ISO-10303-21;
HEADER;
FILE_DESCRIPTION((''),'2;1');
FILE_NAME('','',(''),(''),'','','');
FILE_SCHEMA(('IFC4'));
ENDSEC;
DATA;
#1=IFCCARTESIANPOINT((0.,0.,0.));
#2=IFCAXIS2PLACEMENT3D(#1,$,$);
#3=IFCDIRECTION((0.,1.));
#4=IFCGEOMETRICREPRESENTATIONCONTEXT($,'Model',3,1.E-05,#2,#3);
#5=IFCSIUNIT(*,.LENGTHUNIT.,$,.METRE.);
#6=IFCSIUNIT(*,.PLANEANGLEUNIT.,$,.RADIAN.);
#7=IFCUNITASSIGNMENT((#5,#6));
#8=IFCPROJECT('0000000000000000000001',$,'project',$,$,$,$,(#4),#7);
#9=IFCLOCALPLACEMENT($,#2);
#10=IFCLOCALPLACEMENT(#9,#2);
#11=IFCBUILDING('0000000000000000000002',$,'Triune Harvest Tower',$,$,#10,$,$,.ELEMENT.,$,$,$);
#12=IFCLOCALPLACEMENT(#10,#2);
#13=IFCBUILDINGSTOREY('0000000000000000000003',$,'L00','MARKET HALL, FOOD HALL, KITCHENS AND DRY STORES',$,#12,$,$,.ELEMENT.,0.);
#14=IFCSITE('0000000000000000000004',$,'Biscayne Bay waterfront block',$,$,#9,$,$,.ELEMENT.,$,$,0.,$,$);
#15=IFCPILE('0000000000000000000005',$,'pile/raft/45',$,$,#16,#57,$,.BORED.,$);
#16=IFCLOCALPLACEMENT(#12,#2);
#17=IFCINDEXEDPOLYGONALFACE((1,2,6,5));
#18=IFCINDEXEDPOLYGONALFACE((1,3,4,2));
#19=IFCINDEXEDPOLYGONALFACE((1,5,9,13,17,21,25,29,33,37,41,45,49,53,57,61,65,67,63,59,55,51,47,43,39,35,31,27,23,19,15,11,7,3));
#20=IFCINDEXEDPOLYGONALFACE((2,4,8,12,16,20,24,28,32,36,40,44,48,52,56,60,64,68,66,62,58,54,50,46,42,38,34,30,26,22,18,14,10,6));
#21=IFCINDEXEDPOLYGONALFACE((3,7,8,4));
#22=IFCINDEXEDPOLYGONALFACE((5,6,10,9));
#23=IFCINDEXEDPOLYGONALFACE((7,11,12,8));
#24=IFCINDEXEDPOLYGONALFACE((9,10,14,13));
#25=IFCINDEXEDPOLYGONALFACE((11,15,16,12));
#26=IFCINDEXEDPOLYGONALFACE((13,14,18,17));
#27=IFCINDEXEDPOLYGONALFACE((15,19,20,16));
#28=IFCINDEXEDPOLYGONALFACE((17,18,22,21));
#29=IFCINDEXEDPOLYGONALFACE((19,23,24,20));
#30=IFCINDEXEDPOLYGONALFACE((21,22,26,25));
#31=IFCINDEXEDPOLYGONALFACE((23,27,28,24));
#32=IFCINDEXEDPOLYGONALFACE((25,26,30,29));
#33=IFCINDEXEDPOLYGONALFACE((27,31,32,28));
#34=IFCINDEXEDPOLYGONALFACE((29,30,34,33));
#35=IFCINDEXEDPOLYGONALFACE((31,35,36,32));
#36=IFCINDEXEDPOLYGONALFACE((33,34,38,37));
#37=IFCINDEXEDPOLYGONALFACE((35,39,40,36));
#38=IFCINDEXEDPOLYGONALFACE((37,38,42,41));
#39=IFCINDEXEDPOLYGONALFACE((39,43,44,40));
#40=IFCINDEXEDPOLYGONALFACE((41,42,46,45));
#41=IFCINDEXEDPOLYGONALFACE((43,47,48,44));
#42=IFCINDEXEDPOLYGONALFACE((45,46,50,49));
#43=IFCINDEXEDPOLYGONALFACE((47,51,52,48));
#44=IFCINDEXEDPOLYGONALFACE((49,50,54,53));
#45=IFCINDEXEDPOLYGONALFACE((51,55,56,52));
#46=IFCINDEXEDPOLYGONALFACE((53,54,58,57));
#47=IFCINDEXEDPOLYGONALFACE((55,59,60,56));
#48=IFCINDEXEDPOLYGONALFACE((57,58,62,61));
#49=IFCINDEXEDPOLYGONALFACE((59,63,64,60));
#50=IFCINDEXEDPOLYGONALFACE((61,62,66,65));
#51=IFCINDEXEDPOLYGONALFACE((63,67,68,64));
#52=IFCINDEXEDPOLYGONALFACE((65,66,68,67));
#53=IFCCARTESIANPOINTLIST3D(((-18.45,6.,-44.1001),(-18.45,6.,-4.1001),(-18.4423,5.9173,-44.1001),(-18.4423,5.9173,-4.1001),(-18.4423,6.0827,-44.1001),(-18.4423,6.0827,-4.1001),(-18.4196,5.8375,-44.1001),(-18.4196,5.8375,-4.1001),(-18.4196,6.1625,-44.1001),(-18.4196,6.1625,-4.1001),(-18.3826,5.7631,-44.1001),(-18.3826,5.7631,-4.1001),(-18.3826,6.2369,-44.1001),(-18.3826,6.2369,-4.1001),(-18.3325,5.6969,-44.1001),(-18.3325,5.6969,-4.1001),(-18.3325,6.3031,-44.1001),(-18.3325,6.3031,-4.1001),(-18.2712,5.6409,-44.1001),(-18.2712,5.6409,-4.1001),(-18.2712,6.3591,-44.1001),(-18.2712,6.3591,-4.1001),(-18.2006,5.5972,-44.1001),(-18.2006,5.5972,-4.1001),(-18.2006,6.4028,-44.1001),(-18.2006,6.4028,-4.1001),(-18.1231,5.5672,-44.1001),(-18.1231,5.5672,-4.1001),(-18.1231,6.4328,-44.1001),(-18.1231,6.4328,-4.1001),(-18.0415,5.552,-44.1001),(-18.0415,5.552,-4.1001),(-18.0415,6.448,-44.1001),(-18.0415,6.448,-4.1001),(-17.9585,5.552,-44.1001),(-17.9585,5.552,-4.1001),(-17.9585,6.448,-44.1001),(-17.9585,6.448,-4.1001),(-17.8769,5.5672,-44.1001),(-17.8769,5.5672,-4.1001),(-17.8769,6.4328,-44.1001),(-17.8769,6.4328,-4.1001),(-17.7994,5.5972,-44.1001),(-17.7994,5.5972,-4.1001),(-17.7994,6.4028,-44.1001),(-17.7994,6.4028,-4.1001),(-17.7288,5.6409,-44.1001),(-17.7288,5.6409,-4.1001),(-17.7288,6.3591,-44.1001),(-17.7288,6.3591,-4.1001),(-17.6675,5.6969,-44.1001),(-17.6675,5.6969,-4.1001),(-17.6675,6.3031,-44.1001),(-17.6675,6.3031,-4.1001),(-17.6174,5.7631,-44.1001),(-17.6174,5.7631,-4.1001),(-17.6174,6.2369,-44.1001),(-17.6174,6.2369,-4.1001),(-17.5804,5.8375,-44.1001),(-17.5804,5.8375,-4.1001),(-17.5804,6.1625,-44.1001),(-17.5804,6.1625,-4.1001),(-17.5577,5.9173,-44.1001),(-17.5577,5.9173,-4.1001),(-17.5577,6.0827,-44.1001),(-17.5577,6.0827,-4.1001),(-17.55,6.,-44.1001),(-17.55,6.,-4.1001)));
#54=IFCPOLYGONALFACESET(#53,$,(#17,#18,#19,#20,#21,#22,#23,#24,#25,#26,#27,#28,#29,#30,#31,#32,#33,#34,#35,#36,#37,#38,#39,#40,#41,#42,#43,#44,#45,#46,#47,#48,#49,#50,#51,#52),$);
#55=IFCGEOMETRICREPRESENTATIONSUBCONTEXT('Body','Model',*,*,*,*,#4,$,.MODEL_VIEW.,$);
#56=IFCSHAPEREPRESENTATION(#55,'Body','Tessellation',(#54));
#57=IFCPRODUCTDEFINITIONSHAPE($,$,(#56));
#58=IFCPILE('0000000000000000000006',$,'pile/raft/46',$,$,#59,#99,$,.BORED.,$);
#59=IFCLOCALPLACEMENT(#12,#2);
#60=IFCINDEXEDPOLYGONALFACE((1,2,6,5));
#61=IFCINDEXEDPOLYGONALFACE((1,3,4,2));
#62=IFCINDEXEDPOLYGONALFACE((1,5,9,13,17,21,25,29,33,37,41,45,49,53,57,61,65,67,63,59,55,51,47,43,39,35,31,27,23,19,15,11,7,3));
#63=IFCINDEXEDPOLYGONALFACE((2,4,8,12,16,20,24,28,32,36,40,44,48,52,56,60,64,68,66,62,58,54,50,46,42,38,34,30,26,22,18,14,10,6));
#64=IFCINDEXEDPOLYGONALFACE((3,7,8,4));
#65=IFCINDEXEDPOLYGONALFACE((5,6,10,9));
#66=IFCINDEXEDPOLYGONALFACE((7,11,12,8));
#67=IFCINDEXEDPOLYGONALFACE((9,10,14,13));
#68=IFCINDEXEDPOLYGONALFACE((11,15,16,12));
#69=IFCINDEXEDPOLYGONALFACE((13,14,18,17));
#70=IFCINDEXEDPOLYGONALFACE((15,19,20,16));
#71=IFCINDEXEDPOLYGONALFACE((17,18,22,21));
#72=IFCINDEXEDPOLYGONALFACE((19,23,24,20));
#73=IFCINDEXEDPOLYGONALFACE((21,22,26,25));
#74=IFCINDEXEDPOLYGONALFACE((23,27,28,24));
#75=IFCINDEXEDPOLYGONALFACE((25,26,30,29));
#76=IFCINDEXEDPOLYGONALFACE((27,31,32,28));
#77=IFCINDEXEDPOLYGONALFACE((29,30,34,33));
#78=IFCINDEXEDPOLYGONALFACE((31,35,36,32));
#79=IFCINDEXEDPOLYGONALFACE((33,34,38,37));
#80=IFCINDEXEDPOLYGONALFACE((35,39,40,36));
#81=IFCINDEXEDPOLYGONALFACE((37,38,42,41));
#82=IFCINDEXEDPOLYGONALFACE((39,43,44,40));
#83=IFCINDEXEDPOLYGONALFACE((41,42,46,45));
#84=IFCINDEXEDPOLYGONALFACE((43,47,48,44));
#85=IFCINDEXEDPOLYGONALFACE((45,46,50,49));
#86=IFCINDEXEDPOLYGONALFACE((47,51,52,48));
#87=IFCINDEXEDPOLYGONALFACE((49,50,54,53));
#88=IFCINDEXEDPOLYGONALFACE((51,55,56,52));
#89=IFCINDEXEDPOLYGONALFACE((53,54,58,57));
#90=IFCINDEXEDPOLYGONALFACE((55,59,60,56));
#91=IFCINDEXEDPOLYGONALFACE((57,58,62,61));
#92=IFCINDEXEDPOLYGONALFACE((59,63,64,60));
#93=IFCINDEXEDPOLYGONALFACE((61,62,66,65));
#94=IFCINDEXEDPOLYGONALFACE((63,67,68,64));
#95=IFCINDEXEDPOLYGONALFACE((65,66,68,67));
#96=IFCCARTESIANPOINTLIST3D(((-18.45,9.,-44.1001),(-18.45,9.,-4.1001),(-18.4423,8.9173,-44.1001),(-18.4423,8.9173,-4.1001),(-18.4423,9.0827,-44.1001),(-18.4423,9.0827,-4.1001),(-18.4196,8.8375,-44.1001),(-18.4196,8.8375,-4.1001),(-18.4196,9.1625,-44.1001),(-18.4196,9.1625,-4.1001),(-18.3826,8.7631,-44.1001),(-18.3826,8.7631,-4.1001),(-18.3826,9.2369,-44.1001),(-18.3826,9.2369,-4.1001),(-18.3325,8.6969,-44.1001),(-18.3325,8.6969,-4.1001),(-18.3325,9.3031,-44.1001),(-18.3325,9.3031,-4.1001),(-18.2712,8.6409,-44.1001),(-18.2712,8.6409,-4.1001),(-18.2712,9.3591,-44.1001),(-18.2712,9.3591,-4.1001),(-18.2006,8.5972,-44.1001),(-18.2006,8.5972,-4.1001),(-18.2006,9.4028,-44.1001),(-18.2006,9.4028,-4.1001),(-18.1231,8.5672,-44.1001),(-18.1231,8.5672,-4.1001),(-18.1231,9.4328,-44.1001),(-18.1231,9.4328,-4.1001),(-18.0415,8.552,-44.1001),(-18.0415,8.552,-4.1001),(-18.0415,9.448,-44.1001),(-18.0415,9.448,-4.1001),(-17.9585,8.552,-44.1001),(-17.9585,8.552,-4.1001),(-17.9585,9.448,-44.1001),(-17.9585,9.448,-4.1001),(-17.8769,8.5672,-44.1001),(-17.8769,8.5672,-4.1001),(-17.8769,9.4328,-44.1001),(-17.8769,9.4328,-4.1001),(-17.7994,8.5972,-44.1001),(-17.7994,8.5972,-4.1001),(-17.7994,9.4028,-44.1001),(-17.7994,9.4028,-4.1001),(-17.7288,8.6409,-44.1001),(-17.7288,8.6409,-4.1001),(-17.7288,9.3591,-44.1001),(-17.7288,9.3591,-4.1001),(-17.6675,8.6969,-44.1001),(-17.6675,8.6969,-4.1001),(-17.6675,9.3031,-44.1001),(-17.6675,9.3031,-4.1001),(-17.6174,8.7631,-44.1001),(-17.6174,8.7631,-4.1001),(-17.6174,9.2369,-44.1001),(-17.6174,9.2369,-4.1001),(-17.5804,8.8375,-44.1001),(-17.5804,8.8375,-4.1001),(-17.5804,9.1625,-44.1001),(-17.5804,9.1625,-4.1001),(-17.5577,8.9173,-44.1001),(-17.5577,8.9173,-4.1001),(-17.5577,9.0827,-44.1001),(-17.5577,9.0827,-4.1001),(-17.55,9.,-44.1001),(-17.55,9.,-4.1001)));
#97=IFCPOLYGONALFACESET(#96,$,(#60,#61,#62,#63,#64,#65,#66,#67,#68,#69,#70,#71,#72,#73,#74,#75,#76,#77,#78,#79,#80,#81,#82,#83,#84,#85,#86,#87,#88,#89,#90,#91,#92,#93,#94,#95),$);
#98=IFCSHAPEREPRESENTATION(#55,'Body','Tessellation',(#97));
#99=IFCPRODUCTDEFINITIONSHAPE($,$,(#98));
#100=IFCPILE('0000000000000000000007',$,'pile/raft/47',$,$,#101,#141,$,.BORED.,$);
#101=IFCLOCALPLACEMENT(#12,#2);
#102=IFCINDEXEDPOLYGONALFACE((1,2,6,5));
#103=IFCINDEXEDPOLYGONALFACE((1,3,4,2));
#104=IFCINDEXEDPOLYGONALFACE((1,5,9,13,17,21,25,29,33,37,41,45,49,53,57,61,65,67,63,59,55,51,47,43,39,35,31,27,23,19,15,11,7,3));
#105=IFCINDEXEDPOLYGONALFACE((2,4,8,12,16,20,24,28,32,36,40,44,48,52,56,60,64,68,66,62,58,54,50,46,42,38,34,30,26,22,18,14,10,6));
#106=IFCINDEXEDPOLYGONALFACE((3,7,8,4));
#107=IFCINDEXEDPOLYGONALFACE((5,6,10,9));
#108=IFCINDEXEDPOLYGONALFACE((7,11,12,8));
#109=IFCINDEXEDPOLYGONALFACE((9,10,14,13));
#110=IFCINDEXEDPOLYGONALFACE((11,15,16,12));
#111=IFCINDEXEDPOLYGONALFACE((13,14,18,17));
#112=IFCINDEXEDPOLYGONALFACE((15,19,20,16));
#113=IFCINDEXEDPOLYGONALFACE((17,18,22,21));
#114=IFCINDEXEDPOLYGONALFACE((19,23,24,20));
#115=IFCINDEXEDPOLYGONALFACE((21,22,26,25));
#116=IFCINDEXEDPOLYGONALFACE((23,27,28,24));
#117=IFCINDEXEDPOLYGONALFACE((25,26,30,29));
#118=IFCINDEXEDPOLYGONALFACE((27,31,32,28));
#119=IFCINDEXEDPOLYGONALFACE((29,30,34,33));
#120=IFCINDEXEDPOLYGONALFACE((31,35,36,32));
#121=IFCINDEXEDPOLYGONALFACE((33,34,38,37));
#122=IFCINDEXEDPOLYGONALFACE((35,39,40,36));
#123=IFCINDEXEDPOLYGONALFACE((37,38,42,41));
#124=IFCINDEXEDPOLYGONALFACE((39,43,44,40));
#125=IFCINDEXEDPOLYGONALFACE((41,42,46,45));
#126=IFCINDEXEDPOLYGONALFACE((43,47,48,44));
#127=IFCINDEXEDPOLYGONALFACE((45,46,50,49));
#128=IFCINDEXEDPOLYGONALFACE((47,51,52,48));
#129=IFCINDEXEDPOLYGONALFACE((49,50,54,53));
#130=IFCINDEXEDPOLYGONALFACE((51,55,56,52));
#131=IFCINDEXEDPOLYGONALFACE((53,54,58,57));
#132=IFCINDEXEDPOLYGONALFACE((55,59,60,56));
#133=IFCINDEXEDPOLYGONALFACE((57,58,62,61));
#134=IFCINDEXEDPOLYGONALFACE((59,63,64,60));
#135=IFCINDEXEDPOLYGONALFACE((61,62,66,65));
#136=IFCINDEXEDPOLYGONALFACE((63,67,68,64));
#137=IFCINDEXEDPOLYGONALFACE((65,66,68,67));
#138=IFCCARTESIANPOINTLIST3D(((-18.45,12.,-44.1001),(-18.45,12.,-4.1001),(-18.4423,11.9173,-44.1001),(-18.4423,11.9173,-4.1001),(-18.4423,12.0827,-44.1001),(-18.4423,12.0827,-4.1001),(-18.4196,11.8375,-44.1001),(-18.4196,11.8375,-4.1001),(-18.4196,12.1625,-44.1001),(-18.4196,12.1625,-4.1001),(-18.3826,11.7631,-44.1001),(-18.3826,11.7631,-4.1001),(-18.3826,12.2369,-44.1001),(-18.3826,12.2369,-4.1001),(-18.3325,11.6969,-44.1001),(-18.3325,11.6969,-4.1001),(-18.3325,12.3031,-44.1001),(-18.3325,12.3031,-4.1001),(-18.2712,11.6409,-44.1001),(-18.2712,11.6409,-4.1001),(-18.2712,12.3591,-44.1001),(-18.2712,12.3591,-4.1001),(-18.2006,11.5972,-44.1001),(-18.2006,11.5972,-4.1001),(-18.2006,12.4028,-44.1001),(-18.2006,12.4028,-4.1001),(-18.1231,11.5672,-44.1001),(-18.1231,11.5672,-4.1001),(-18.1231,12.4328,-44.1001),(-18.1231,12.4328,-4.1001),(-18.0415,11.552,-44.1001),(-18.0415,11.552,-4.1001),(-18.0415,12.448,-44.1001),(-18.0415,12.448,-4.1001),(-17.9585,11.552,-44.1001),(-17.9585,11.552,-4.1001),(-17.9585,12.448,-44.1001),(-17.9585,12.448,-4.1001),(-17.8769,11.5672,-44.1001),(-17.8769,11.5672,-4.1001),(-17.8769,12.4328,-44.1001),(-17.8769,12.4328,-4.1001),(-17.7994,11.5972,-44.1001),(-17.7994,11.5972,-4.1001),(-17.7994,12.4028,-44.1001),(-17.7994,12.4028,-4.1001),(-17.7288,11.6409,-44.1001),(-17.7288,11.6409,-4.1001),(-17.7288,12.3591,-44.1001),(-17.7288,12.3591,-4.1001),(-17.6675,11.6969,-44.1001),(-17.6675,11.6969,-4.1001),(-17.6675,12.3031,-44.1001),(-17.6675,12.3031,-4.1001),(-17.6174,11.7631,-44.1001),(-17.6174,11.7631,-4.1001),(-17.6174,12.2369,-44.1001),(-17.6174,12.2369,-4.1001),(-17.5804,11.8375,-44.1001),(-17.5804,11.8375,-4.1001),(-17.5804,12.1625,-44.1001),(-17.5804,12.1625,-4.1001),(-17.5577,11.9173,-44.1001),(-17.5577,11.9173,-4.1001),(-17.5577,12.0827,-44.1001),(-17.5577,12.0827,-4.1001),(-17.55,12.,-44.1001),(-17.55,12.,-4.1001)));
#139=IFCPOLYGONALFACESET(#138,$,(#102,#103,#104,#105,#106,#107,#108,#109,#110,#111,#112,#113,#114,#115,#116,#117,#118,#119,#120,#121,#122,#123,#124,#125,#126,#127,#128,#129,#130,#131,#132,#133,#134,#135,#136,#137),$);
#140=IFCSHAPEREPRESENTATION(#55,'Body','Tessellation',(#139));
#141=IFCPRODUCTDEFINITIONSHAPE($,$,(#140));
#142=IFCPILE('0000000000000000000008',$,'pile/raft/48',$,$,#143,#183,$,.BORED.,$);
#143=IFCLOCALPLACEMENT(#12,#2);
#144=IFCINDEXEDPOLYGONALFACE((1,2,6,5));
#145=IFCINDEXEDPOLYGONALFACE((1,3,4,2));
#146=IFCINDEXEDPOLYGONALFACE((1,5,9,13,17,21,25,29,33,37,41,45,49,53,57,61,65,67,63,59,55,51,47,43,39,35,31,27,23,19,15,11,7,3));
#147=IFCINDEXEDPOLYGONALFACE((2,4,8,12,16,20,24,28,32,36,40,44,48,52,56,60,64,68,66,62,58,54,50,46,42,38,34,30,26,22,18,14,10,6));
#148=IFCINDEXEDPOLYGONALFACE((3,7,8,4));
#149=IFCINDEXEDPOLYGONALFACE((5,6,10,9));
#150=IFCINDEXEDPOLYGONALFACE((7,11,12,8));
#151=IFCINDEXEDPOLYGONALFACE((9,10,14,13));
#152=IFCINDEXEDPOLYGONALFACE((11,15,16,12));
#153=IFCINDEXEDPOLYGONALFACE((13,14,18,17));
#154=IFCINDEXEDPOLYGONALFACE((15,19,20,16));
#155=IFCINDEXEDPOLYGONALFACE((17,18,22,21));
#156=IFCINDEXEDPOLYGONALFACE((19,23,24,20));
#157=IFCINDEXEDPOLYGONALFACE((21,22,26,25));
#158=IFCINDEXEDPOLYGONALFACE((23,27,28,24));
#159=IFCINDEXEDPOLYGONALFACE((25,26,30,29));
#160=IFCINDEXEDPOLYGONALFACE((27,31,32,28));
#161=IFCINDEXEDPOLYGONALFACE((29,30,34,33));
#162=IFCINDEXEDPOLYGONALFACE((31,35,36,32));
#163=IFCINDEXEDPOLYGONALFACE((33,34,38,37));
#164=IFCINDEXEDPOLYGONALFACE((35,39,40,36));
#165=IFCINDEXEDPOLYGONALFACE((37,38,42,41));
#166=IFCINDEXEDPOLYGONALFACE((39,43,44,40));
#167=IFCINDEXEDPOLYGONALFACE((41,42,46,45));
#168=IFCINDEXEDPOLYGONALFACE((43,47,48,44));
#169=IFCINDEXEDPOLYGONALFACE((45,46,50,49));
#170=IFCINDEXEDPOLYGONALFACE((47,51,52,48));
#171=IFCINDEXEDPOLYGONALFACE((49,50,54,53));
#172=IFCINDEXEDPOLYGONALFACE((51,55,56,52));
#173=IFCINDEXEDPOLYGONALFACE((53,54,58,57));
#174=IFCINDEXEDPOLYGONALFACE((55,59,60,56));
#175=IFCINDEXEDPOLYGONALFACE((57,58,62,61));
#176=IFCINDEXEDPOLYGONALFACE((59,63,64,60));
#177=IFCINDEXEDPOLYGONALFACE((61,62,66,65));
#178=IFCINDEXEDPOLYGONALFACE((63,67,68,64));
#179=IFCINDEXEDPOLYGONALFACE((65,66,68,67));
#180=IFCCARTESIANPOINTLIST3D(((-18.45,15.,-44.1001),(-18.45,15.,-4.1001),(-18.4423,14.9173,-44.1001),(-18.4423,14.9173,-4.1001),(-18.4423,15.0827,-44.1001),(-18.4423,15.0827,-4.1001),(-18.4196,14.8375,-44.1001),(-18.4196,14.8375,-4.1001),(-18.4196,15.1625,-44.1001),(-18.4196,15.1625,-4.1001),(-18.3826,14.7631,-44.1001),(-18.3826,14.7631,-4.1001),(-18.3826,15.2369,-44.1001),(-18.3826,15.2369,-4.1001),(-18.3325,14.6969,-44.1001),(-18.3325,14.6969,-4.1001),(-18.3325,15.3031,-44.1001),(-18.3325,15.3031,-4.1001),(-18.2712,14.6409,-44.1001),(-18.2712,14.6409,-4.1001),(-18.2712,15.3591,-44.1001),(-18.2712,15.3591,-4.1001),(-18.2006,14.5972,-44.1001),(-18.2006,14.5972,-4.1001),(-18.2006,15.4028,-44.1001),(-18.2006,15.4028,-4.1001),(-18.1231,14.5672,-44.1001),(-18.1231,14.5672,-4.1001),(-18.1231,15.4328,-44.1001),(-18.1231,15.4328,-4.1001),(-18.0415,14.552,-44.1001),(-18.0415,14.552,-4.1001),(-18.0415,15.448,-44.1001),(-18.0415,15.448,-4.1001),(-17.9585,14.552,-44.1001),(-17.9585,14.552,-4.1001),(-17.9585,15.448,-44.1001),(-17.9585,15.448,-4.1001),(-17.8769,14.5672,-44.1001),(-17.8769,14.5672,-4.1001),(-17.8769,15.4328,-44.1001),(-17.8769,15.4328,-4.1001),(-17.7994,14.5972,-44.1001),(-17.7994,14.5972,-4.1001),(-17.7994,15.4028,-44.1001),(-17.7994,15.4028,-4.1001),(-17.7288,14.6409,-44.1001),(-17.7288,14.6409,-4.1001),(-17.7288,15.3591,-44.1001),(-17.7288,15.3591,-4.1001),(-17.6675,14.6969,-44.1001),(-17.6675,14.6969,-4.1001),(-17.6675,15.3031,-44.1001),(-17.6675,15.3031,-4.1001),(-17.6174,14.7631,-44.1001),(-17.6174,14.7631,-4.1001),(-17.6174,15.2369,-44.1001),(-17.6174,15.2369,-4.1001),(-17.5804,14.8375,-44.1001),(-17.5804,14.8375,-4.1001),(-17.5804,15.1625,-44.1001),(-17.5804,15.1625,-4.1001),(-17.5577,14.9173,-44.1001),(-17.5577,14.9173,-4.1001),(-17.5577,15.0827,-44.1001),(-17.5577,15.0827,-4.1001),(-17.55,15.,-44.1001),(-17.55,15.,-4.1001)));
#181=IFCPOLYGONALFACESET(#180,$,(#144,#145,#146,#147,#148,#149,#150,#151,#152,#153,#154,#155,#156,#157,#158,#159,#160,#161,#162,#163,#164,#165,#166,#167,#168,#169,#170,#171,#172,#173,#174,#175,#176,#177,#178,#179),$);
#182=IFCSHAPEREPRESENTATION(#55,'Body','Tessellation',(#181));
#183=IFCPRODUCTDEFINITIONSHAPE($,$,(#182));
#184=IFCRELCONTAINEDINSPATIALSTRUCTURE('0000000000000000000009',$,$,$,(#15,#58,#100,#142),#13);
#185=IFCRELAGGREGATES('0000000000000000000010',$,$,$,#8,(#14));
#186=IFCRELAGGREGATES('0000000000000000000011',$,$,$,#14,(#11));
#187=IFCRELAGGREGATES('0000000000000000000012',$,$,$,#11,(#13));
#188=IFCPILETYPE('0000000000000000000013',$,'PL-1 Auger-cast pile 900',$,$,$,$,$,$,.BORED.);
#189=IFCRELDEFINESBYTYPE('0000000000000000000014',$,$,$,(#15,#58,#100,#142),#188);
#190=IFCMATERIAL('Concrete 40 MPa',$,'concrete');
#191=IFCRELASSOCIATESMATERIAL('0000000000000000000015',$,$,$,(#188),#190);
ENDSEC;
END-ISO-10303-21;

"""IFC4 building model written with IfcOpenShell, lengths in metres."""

from ifc_helpers import new_model, si_unit, direction, frame, origin, origin_2d, place, context, subcontext, project, spatial, circle, extrude, source, transform, mapped, material, material_profile, profile_set, type_object, element, save


model = new_model("IFC4")

# Units and contexts
model_context = context("Model", 3, precision=1e-05, world=origin(), true_north=direction((0.0, 1.0)))
body_context = subcontext(model_context, "Body", "Model", "MODEL_VIEW")
ifc_project = project(units=[si_unit("LENGTHUNIT", "METRE"), si_unit("PLANEANGLEUNIT", "RADIAN")], contexts=[model_context])

# Site, building, storey
site_placement = place(None, origin())
site = spatial("IfcSite", under=ifc_project, at=site_placement, Name="Biscayne Bay waterfront block", CompositionType="ELEMENT", RefElevation=0.0)
building_placement = place(site_placement, origin())
building = spatial("IfcBuilding", under=site, at=building_placement, Name="Triune Harvest Tower", CompositionType="ELEMENT")
storey_placement = place(building_placement, origin())
storey = spatial("IfcBuildingStorey", under=building, at=storey_placement, Name="L00", Description="MARKET HALL, FOOD HALL, KITCHENS AND DRY STORES", CompositionType="ELEMENT", Elevation=0.0)

# Piles
ifc_material_1 = material(Name="Concrete 40 MPa", Category="concrete")
ifc_material_profile_1 = material_profile(ifc_material_1, circle(Radius=0.45, at=origin_2d()), Name="Bored 900")
ifc_profile_set_1 = profile_set([ifc_material_profile_1], Name="Concrete 40 MPa")
pile_type = type_object("IfcPileType", Name="PL-1 Auger-cast pile 900", PredefinedType="BORED", material=ifc_profile_set_1)
shared_shape_1 = source(origin(), body_context, "Body", "SweptSolid", [
    extrude(circle(Radius=0.45, at=origin_2d()), origin(), (0.0, 0.0, 1.0), 40.0),
])
for number, where, z_axis, x_axis, name in (
    (1, (-18.0, 6.0, -4.1001), (0.0, 0.0, -1.0), (1.0, 0.0, 0.0), "pile/raft/45"),
    (2, (-18.0, 9.0, -4.1001), (0.0, 0.0, -1.0), (1.0, 0.0, 0.0), "pile/raft/46"),
    (3, (-18.0, 12.0, -4.1001), (0.0, 0.0, -1.0), (1.0, 0.0, 0.0), "pile/raft/47"),
    (4, (-18.0, 15.0, -4.1001), (0.0, 0.0, -1.0), (1.0, 0.0, 0.0), "pile/raft/48"),
):
    element("IfcPile", number, at=place(storey_placement, frame(where, z_axis=z_axis, x_axis=x_axis)), inside=storey, type_object=pile_type, Name=name, PredefinedType="BORED", context=body_context, shape_type="MappedRepresentation", body=[
        mapped(shared_shape_1, transform((0.0, 0.0, 0.0), scale=1.0)),
    ])

save(model, "model.ifc")
